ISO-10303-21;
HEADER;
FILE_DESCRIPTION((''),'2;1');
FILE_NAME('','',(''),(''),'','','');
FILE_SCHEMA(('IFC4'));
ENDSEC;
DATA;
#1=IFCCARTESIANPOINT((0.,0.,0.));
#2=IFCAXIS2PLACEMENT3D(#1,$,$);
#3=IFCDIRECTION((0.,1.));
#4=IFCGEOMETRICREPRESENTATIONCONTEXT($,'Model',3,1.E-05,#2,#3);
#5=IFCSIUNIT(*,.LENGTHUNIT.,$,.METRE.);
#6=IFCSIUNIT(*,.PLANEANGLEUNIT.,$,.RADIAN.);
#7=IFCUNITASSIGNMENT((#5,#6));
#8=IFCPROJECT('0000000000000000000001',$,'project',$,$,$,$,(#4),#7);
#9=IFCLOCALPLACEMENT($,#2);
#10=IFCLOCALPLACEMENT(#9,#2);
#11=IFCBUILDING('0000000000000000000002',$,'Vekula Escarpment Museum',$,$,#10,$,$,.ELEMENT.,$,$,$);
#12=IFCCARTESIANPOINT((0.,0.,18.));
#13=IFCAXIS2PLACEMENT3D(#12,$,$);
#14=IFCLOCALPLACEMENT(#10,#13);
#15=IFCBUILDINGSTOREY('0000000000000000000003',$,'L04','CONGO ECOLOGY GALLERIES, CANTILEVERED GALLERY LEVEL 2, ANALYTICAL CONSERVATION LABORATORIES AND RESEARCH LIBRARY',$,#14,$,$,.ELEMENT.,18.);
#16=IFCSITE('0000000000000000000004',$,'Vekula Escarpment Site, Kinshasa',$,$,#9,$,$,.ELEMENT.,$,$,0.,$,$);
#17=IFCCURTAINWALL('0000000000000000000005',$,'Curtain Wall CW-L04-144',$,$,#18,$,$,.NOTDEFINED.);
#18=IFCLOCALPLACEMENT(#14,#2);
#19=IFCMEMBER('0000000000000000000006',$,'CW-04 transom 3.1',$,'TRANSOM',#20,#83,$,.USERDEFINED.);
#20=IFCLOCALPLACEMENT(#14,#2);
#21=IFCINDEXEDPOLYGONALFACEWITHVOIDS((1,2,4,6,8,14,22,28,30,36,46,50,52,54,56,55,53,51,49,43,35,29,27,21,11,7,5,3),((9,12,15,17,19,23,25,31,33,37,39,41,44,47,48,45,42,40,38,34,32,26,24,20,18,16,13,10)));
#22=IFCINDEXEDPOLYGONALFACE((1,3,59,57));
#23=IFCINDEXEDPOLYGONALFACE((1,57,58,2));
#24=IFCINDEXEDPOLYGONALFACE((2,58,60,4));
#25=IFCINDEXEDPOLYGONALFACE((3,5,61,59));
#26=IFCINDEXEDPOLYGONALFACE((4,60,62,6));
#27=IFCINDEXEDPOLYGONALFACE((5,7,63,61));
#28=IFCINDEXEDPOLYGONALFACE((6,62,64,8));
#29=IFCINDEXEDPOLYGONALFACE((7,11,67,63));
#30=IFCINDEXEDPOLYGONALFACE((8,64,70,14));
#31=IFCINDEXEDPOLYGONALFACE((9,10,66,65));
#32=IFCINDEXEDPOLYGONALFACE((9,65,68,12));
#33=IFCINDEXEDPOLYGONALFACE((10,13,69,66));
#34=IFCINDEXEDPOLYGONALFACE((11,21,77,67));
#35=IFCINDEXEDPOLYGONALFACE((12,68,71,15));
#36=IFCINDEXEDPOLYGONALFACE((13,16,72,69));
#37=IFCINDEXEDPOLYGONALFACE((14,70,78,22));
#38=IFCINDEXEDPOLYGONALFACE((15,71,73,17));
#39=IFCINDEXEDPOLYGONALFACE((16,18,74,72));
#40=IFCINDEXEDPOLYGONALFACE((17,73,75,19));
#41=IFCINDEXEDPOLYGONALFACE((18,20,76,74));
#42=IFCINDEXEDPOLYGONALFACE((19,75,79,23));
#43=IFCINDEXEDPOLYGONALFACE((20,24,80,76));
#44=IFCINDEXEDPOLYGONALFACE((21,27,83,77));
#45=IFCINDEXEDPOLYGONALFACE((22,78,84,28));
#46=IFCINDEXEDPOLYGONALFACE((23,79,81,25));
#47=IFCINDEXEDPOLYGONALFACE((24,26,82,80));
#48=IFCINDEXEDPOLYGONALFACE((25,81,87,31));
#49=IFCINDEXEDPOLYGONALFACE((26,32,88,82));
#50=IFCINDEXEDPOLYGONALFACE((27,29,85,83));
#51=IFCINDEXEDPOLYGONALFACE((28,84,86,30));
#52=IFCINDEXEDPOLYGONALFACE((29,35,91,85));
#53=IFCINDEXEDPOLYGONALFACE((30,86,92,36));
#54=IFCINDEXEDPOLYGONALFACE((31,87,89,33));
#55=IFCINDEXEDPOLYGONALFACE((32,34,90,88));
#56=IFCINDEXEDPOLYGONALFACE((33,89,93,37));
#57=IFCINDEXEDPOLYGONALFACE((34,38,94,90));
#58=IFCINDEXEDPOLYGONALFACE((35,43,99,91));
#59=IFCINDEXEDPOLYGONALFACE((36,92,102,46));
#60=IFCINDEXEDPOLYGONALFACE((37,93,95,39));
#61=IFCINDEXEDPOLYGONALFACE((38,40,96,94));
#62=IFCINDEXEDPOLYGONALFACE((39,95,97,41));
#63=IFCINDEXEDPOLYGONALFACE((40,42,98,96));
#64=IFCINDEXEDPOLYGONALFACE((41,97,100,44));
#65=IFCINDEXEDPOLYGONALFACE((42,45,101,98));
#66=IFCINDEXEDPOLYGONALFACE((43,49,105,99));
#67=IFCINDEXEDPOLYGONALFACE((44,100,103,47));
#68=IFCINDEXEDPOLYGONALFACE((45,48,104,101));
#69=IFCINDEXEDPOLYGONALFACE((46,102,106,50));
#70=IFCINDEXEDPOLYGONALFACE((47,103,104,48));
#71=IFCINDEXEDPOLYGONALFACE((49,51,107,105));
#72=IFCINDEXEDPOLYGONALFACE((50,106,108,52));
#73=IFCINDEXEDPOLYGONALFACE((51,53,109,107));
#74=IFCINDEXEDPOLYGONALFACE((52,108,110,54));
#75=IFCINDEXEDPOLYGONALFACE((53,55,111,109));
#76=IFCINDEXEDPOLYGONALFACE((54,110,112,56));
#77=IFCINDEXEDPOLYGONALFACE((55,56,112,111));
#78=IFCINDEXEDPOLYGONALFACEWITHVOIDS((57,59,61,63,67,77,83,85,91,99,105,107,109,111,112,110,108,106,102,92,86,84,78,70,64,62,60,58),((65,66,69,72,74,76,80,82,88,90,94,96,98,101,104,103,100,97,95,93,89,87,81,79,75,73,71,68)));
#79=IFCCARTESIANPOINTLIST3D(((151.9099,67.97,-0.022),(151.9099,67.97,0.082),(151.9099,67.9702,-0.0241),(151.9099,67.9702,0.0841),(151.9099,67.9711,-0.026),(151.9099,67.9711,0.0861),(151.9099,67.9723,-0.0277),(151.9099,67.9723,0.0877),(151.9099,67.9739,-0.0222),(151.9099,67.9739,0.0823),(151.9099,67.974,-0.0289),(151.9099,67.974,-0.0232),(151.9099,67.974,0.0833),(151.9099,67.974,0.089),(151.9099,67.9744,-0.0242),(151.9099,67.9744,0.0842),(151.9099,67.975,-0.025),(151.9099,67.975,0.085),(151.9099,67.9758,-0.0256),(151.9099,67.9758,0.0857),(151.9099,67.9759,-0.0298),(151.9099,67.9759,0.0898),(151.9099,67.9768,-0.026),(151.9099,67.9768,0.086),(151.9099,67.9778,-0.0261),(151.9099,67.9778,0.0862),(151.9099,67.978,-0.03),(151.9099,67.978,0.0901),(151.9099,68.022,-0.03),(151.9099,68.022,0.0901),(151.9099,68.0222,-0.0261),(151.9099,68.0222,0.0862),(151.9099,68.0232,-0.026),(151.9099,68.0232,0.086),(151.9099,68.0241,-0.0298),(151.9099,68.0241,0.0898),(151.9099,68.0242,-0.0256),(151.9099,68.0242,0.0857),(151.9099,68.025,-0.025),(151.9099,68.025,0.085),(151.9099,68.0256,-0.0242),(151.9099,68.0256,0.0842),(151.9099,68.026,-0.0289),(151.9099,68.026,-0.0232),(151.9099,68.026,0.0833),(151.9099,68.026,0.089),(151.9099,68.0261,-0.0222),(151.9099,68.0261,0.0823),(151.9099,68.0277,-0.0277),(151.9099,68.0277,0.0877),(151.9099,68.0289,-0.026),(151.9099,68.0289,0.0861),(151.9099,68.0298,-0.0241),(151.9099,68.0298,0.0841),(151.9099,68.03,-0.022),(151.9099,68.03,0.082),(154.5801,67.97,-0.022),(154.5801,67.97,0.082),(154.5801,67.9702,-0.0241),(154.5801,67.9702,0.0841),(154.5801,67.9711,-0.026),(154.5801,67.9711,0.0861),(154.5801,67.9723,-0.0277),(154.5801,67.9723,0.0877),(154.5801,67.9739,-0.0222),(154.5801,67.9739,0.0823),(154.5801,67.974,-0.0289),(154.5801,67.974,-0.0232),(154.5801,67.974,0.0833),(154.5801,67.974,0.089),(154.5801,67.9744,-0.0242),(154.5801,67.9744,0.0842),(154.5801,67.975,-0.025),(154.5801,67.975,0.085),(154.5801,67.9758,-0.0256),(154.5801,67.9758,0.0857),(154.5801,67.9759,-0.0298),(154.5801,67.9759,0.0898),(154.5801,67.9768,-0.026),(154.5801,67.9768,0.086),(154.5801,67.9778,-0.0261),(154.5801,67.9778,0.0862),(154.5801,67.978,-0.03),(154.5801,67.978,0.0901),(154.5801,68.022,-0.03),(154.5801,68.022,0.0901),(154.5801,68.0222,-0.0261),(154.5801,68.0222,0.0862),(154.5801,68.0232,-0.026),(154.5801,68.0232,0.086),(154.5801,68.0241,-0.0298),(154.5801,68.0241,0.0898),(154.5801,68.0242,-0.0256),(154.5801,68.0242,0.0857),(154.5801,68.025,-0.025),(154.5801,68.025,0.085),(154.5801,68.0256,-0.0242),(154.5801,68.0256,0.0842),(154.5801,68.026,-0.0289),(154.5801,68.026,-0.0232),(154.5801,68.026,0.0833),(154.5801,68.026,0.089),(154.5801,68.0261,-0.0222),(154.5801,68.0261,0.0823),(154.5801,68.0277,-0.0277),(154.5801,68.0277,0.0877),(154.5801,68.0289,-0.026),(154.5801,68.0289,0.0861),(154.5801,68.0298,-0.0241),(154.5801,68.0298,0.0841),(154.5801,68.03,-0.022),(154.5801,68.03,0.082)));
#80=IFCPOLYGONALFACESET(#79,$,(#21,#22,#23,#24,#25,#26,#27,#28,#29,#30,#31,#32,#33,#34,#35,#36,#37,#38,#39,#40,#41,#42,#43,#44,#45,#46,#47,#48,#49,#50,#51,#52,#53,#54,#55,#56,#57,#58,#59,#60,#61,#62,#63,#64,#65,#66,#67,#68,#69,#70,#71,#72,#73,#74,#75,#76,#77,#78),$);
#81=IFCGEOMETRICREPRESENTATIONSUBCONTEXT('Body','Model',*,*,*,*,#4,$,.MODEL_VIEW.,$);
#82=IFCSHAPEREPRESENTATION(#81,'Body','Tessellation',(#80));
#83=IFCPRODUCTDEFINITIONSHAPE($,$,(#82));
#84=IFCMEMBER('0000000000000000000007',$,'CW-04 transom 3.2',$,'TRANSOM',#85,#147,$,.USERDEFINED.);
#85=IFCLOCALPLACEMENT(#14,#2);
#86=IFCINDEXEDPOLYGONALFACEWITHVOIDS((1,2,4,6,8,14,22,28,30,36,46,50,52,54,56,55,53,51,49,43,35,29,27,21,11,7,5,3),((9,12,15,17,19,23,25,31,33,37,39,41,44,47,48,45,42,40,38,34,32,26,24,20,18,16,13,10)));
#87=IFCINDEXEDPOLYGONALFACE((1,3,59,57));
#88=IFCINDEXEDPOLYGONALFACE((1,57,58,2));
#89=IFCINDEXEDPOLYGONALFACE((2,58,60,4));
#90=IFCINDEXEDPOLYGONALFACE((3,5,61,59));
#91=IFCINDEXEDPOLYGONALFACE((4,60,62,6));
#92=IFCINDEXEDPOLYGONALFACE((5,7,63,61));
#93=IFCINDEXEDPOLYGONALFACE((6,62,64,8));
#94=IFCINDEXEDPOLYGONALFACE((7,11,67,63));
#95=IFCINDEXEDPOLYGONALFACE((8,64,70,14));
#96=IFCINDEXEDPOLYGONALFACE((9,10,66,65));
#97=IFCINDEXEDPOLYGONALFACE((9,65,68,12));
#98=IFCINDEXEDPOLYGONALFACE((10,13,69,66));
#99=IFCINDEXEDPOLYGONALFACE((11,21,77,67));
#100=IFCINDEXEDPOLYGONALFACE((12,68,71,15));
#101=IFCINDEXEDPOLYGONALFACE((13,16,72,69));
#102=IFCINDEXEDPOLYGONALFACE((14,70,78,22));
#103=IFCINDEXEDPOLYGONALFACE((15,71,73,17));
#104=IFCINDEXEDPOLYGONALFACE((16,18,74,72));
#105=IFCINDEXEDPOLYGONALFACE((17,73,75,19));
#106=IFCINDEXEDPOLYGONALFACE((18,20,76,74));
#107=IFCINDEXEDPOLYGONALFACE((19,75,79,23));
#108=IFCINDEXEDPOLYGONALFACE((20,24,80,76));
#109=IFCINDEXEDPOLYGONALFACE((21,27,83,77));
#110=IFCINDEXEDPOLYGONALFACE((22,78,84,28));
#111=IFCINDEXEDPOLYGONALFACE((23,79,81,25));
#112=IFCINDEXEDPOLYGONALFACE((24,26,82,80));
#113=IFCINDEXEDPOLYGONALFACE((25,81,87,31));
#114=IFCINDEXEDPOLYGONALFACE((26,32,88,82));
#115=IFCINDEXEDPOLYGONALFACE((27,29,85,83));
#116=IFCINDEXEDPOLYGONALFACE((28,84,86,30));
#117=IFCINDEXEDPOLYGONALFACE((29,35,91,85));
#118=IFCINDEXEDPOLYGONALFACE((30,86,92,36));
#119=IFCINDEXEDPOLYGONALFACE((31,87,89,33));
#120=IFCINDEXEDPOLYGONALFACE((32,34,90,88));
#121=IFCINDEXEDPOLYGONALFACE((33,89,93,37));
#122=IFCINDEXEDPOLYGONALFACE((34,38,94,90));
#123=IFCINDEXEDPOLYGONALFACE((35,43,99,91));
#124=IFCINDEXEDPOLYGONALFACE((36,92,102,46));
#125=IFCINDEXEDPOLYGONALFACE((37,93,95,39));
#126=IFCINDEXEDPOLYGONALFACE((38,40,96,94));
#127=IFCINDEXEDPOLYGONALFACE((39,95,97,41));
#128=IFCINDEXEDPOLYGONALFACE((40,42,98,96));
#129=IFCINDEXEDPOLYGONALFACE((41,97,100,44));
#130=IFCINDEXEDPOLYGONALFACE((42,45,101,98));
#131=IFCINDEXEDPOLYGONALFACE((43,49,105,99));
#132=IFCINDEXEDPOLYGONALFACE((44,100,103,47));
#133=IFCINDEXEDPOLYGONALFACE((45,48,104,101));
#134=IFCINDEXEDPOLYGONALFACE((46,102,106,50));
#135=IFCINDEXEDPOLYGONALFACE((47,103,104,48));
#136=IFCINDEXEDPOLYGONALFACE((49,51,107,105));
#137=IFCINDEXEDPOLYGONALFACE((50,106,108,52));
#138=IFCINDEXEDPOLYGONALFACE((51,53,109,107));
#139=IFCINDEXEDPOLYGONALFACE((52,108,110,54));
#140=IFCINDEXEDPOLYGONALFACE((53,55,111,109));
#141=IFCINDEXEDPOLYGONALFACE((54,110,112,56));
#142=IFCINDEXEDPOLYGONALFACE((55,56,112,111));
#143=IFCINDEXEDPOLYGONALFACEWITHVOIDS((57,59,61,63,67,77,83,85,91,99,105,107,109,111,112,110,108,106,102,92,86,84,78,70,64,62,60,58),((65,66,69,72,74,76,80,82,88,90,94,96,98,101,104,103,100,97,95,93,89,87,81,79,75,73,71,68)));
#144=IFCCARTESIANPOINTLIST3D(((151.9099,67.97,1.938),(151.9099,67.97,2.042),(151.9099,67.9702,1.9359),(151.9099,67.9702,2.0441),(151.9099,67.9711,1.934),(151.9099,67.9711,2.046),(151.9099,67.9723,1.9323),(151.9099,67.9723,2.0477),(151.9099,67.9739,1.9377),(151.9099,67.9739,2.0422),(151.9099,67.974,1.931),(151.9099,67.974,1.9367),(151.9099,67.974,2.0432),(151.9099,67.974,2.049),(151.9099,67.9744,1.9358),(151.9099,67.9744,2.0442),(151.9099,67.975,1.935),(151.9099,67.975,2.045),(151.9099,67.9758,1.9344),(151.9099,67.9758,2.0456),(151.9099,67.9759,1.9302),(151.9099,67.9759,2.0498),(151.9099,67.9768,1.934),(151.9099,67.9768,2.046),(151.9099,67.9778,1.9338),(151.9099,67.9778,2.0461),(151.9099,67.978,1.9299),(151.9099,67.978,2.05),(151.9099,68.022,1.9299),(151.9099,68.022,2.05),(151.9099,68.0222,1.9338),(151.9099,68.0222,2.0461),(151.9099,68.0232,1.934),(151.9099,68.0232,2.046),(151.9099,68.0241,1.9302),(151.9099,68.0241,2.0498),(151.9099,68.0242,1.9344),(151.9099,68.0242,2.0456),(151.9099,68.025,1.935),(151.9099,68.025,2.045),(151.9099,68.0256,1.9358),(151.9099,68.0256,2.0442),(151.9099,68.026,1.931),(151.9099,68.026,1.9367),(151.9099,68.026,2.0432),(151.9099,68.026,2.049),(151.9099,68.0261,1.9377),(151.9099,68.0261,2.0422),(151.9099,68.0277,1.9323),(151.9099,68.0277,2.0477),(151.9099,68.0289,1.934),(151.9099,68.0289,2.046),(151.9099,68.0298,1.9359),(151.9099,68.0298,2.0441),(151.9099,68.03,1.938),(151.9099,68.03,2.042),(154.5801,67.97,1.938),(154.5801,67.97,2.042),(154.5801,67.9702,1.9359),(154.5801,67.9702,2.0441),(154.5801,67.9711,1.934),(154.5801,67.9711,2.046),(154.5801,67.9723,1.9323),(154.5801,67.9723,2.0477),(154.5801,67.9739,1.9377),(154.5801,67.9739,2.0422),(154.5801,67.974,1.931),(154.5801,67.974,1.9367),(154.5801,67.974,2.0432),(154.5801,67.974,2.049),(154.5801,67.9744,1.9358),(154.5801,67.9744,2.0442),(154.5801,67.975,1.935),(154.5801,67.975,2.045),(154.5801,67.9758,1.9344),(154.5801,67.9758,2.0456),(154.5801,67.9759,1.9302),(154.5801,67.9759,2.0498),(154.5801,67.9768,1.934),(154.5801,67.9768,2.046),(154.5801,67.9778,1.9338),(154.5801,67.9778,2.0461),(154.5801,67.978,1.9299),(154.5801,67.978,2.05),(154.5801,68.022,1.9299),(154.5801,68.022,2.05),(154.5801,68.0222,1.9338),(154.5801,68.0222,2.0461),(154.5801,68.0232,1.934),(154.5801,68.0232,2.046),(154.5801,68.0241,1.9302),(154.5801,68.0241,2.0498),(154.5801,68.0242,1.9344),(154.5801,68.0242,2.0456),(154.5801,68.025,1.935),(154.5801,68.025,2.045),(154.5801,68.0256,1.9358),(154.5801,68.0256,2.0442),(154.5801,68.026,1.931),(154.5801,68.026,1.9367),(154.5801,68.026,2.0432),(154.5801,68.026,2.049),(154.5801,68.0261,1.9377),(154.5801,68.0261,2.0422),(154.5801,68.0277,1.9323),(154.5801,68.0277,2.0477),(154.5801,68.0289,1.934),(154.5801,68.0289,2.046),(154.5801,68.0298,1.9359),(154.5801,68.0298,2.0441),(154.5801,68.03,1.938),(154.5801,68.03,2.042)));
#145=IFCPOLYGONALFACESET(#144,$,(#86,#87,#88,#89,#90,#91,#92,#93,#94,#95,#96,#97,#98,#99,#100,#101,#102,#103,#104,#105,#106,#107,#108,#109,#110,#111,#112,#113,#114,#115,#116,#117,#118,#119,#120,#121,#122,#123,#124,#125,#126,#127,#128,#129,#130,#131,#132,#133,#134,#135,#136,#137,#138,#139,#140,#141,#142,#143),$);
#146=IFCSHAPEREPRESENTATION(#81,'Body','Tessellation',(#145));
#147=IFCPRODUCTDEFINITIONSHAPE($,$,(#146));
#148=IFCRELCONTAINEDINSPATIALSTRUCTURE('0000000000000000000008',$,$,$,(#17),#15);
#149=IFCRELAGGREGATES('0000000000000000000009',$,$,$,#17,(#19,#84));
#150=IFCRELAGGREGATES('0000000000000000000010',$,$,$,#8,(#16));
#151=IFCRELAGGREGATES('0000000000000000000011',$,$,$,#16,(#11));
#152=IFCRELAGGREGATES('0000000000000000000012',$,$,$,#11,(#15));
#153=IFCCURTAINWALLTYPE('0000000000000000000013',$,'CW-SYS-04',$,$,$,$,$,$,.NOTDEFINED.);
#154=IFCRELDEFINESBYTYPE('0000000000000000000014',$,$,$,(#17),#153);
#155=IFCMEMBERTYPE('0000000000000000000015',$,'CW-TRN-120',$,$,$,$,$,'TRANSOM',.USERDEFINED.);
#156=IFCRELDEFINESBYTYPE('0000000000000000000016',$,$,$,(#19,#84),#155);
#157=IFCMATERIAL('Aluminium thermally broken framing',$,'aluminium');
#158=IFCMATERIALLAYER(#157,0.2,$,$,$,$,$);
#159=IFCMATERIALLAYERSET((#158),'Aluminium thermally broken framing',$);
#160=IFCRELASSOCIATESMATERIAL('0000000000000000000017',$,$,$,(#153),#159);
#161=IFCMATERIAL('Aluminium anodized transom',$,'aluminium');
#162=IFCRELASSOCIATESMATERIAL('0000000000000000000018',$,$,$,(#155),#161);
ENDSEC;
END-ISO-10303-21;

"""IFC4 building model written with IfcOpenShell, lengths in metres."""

from ifc_helpers import new_model, si_unit, direction, frame, origin, origin_2d, place, context, subcontext, project, spatial, hollow_rectangle, extrude, material, layer, layer_set, material_profile, profile_set, type_object, element, aggregate, save


model = new_model("IFC4")

# Units and contexts
model_context = context("Model", 3, precision=1e-05, world=origin(), true_north=direction((0.0, 1.0)))
body_context = subcontext(model_context, "Body", "Model", "MODEL_VIEW")
ifc_project = project(units=[si_unit("LENGTHUNIT", "METRE"), si_unit("PLANEANGLEUNIT", "RADIAN")], contexts=[model_context])

# Site, building, storey
site_placement = place(None, origin())
site = spatial("IfcSite", under=ifc_project, at=site_placement, Name="Vekula Escarpment Site, Kinshasa", CompositionType="ELEMENT", RefElevation=0.0)
building_placement = place(site_placement, origin())
building = spatial("IfcBuilding", under=site, at=building_placement, Name="Vekula Escarpment Museum", CompositionType="ELEMENT")
storey_placement = place(building_placement, frame((0.0, 0.0, 18.0)))
storey = spatial("IfcBuildingStorey", under=building, at=storey_placement, Name="L04", Description="CONGO ECOLOGY GALLERIES, CANTILEVERED GALLERY LEVEL 2, ANALYTICAL CONSERVATION LABORATORIES AND RESEARCH LIBRARY", CompositionType="ELEMENT", Elevation=18.0)

# Curtain wall
ifc_material_1 = material(Name="Aluminium thermally broken framing", Category="aluminium")
ifc_layer_1 = layer(ifc_material_1, 0.2)
ifc_layer_set_1 = layer_set([ifc_layer_1], Name="Aluminium thermally broken framing")
curtain_wall_type_1 = type_object("IfcCurtainWallType", Name="CW-SYS-04", PredefinedType="NOTDEFINED", material=ifc_layer_set_1)
curtain_wall_1_placement = place(storey_placement, origin())
curtain_wall_1 = element("IfcCurtainWall", 1, at=curtain_wall_1_placement, inside=storey, type_object=curtain_wall_type_1, Name="Curtain Wall CW-L04-144", PredefinedType="NOTDEFINED")

# Members
ifc_material_2 = material(Name="Aluminium anodized transom", Category="aluminium")
ifc_material_profile_1 = material_profile(ifc_material_2, hollow_rectangle(XDim=0.0601, YDim=0.1201, WallThickness=0.0039, InnerFilletRadius=0.0039, OuterFilletRadius=0.0081, at=origin_2d()), Name="ALU 120x60x4")
ifc_profile_set_1 = profile_set([ifc_material_profile_1], Name="Aluminium anodized transom")
member_type_1 = type_object("IfcMemberType", Name="CW-TRN-120", ElementType="TRANSOM", PredefinedType="USERDEFINED", material=ifc_profile_set_1)
member_1_placement = place(storey_placement, frame((151.9099, 68.0, 0.03), z_axis=(1.0, 0.0, 0.0), x_axis=(0.0, 1.0, 0.0)))
member_1 = element("IfcMember", 2, at=member_1_placement, type_object=member_type_1, Name="CW-04 transom 3.1", ObjectType="TRANSOM", PredefinedType="USERDEFINED", context=body_context, shape_type="SweptSolid", body=[
    extrude(hollow_rectangle(XDim=0.0601, YDim=0.1201, WallThickness=0.0039, InnerFilletRadius=0.0039, OuterFilletRadius=0.0081, at=origin_2d()), origin(), (0.0, 0.0, 1.0), 2.6702),
])
member_2_placement = place(storey_placement, frame((151.9099, 68.0, 1.99), z_axis=(1.0, 0.0, 0.0), x_axis=(0.0, 1.0, 0.0)))
member_2 = element("IfcMember", 3, at=member_2_placement, type_object=member_type_1, Name="CW-04 transom 3.2", ObjectType="TRANSOM", PredefinedType="USERDEFINED", context=body_context, shape_type="SweptSolid", body=[
    extrude(hollow_rectangle(XDim=0.0601, YDim=0.1201, WallThickness=0.0039, InnerFilletRadius=0.0039, OuterFilletRadius=0.0081, at=origin_2d()), origin(), (0.0, 0.0, 1.0), 2.6702),
])

aggregate(curtain_wall_1, [member_1, member_2])

save(model, "model.ifc")
